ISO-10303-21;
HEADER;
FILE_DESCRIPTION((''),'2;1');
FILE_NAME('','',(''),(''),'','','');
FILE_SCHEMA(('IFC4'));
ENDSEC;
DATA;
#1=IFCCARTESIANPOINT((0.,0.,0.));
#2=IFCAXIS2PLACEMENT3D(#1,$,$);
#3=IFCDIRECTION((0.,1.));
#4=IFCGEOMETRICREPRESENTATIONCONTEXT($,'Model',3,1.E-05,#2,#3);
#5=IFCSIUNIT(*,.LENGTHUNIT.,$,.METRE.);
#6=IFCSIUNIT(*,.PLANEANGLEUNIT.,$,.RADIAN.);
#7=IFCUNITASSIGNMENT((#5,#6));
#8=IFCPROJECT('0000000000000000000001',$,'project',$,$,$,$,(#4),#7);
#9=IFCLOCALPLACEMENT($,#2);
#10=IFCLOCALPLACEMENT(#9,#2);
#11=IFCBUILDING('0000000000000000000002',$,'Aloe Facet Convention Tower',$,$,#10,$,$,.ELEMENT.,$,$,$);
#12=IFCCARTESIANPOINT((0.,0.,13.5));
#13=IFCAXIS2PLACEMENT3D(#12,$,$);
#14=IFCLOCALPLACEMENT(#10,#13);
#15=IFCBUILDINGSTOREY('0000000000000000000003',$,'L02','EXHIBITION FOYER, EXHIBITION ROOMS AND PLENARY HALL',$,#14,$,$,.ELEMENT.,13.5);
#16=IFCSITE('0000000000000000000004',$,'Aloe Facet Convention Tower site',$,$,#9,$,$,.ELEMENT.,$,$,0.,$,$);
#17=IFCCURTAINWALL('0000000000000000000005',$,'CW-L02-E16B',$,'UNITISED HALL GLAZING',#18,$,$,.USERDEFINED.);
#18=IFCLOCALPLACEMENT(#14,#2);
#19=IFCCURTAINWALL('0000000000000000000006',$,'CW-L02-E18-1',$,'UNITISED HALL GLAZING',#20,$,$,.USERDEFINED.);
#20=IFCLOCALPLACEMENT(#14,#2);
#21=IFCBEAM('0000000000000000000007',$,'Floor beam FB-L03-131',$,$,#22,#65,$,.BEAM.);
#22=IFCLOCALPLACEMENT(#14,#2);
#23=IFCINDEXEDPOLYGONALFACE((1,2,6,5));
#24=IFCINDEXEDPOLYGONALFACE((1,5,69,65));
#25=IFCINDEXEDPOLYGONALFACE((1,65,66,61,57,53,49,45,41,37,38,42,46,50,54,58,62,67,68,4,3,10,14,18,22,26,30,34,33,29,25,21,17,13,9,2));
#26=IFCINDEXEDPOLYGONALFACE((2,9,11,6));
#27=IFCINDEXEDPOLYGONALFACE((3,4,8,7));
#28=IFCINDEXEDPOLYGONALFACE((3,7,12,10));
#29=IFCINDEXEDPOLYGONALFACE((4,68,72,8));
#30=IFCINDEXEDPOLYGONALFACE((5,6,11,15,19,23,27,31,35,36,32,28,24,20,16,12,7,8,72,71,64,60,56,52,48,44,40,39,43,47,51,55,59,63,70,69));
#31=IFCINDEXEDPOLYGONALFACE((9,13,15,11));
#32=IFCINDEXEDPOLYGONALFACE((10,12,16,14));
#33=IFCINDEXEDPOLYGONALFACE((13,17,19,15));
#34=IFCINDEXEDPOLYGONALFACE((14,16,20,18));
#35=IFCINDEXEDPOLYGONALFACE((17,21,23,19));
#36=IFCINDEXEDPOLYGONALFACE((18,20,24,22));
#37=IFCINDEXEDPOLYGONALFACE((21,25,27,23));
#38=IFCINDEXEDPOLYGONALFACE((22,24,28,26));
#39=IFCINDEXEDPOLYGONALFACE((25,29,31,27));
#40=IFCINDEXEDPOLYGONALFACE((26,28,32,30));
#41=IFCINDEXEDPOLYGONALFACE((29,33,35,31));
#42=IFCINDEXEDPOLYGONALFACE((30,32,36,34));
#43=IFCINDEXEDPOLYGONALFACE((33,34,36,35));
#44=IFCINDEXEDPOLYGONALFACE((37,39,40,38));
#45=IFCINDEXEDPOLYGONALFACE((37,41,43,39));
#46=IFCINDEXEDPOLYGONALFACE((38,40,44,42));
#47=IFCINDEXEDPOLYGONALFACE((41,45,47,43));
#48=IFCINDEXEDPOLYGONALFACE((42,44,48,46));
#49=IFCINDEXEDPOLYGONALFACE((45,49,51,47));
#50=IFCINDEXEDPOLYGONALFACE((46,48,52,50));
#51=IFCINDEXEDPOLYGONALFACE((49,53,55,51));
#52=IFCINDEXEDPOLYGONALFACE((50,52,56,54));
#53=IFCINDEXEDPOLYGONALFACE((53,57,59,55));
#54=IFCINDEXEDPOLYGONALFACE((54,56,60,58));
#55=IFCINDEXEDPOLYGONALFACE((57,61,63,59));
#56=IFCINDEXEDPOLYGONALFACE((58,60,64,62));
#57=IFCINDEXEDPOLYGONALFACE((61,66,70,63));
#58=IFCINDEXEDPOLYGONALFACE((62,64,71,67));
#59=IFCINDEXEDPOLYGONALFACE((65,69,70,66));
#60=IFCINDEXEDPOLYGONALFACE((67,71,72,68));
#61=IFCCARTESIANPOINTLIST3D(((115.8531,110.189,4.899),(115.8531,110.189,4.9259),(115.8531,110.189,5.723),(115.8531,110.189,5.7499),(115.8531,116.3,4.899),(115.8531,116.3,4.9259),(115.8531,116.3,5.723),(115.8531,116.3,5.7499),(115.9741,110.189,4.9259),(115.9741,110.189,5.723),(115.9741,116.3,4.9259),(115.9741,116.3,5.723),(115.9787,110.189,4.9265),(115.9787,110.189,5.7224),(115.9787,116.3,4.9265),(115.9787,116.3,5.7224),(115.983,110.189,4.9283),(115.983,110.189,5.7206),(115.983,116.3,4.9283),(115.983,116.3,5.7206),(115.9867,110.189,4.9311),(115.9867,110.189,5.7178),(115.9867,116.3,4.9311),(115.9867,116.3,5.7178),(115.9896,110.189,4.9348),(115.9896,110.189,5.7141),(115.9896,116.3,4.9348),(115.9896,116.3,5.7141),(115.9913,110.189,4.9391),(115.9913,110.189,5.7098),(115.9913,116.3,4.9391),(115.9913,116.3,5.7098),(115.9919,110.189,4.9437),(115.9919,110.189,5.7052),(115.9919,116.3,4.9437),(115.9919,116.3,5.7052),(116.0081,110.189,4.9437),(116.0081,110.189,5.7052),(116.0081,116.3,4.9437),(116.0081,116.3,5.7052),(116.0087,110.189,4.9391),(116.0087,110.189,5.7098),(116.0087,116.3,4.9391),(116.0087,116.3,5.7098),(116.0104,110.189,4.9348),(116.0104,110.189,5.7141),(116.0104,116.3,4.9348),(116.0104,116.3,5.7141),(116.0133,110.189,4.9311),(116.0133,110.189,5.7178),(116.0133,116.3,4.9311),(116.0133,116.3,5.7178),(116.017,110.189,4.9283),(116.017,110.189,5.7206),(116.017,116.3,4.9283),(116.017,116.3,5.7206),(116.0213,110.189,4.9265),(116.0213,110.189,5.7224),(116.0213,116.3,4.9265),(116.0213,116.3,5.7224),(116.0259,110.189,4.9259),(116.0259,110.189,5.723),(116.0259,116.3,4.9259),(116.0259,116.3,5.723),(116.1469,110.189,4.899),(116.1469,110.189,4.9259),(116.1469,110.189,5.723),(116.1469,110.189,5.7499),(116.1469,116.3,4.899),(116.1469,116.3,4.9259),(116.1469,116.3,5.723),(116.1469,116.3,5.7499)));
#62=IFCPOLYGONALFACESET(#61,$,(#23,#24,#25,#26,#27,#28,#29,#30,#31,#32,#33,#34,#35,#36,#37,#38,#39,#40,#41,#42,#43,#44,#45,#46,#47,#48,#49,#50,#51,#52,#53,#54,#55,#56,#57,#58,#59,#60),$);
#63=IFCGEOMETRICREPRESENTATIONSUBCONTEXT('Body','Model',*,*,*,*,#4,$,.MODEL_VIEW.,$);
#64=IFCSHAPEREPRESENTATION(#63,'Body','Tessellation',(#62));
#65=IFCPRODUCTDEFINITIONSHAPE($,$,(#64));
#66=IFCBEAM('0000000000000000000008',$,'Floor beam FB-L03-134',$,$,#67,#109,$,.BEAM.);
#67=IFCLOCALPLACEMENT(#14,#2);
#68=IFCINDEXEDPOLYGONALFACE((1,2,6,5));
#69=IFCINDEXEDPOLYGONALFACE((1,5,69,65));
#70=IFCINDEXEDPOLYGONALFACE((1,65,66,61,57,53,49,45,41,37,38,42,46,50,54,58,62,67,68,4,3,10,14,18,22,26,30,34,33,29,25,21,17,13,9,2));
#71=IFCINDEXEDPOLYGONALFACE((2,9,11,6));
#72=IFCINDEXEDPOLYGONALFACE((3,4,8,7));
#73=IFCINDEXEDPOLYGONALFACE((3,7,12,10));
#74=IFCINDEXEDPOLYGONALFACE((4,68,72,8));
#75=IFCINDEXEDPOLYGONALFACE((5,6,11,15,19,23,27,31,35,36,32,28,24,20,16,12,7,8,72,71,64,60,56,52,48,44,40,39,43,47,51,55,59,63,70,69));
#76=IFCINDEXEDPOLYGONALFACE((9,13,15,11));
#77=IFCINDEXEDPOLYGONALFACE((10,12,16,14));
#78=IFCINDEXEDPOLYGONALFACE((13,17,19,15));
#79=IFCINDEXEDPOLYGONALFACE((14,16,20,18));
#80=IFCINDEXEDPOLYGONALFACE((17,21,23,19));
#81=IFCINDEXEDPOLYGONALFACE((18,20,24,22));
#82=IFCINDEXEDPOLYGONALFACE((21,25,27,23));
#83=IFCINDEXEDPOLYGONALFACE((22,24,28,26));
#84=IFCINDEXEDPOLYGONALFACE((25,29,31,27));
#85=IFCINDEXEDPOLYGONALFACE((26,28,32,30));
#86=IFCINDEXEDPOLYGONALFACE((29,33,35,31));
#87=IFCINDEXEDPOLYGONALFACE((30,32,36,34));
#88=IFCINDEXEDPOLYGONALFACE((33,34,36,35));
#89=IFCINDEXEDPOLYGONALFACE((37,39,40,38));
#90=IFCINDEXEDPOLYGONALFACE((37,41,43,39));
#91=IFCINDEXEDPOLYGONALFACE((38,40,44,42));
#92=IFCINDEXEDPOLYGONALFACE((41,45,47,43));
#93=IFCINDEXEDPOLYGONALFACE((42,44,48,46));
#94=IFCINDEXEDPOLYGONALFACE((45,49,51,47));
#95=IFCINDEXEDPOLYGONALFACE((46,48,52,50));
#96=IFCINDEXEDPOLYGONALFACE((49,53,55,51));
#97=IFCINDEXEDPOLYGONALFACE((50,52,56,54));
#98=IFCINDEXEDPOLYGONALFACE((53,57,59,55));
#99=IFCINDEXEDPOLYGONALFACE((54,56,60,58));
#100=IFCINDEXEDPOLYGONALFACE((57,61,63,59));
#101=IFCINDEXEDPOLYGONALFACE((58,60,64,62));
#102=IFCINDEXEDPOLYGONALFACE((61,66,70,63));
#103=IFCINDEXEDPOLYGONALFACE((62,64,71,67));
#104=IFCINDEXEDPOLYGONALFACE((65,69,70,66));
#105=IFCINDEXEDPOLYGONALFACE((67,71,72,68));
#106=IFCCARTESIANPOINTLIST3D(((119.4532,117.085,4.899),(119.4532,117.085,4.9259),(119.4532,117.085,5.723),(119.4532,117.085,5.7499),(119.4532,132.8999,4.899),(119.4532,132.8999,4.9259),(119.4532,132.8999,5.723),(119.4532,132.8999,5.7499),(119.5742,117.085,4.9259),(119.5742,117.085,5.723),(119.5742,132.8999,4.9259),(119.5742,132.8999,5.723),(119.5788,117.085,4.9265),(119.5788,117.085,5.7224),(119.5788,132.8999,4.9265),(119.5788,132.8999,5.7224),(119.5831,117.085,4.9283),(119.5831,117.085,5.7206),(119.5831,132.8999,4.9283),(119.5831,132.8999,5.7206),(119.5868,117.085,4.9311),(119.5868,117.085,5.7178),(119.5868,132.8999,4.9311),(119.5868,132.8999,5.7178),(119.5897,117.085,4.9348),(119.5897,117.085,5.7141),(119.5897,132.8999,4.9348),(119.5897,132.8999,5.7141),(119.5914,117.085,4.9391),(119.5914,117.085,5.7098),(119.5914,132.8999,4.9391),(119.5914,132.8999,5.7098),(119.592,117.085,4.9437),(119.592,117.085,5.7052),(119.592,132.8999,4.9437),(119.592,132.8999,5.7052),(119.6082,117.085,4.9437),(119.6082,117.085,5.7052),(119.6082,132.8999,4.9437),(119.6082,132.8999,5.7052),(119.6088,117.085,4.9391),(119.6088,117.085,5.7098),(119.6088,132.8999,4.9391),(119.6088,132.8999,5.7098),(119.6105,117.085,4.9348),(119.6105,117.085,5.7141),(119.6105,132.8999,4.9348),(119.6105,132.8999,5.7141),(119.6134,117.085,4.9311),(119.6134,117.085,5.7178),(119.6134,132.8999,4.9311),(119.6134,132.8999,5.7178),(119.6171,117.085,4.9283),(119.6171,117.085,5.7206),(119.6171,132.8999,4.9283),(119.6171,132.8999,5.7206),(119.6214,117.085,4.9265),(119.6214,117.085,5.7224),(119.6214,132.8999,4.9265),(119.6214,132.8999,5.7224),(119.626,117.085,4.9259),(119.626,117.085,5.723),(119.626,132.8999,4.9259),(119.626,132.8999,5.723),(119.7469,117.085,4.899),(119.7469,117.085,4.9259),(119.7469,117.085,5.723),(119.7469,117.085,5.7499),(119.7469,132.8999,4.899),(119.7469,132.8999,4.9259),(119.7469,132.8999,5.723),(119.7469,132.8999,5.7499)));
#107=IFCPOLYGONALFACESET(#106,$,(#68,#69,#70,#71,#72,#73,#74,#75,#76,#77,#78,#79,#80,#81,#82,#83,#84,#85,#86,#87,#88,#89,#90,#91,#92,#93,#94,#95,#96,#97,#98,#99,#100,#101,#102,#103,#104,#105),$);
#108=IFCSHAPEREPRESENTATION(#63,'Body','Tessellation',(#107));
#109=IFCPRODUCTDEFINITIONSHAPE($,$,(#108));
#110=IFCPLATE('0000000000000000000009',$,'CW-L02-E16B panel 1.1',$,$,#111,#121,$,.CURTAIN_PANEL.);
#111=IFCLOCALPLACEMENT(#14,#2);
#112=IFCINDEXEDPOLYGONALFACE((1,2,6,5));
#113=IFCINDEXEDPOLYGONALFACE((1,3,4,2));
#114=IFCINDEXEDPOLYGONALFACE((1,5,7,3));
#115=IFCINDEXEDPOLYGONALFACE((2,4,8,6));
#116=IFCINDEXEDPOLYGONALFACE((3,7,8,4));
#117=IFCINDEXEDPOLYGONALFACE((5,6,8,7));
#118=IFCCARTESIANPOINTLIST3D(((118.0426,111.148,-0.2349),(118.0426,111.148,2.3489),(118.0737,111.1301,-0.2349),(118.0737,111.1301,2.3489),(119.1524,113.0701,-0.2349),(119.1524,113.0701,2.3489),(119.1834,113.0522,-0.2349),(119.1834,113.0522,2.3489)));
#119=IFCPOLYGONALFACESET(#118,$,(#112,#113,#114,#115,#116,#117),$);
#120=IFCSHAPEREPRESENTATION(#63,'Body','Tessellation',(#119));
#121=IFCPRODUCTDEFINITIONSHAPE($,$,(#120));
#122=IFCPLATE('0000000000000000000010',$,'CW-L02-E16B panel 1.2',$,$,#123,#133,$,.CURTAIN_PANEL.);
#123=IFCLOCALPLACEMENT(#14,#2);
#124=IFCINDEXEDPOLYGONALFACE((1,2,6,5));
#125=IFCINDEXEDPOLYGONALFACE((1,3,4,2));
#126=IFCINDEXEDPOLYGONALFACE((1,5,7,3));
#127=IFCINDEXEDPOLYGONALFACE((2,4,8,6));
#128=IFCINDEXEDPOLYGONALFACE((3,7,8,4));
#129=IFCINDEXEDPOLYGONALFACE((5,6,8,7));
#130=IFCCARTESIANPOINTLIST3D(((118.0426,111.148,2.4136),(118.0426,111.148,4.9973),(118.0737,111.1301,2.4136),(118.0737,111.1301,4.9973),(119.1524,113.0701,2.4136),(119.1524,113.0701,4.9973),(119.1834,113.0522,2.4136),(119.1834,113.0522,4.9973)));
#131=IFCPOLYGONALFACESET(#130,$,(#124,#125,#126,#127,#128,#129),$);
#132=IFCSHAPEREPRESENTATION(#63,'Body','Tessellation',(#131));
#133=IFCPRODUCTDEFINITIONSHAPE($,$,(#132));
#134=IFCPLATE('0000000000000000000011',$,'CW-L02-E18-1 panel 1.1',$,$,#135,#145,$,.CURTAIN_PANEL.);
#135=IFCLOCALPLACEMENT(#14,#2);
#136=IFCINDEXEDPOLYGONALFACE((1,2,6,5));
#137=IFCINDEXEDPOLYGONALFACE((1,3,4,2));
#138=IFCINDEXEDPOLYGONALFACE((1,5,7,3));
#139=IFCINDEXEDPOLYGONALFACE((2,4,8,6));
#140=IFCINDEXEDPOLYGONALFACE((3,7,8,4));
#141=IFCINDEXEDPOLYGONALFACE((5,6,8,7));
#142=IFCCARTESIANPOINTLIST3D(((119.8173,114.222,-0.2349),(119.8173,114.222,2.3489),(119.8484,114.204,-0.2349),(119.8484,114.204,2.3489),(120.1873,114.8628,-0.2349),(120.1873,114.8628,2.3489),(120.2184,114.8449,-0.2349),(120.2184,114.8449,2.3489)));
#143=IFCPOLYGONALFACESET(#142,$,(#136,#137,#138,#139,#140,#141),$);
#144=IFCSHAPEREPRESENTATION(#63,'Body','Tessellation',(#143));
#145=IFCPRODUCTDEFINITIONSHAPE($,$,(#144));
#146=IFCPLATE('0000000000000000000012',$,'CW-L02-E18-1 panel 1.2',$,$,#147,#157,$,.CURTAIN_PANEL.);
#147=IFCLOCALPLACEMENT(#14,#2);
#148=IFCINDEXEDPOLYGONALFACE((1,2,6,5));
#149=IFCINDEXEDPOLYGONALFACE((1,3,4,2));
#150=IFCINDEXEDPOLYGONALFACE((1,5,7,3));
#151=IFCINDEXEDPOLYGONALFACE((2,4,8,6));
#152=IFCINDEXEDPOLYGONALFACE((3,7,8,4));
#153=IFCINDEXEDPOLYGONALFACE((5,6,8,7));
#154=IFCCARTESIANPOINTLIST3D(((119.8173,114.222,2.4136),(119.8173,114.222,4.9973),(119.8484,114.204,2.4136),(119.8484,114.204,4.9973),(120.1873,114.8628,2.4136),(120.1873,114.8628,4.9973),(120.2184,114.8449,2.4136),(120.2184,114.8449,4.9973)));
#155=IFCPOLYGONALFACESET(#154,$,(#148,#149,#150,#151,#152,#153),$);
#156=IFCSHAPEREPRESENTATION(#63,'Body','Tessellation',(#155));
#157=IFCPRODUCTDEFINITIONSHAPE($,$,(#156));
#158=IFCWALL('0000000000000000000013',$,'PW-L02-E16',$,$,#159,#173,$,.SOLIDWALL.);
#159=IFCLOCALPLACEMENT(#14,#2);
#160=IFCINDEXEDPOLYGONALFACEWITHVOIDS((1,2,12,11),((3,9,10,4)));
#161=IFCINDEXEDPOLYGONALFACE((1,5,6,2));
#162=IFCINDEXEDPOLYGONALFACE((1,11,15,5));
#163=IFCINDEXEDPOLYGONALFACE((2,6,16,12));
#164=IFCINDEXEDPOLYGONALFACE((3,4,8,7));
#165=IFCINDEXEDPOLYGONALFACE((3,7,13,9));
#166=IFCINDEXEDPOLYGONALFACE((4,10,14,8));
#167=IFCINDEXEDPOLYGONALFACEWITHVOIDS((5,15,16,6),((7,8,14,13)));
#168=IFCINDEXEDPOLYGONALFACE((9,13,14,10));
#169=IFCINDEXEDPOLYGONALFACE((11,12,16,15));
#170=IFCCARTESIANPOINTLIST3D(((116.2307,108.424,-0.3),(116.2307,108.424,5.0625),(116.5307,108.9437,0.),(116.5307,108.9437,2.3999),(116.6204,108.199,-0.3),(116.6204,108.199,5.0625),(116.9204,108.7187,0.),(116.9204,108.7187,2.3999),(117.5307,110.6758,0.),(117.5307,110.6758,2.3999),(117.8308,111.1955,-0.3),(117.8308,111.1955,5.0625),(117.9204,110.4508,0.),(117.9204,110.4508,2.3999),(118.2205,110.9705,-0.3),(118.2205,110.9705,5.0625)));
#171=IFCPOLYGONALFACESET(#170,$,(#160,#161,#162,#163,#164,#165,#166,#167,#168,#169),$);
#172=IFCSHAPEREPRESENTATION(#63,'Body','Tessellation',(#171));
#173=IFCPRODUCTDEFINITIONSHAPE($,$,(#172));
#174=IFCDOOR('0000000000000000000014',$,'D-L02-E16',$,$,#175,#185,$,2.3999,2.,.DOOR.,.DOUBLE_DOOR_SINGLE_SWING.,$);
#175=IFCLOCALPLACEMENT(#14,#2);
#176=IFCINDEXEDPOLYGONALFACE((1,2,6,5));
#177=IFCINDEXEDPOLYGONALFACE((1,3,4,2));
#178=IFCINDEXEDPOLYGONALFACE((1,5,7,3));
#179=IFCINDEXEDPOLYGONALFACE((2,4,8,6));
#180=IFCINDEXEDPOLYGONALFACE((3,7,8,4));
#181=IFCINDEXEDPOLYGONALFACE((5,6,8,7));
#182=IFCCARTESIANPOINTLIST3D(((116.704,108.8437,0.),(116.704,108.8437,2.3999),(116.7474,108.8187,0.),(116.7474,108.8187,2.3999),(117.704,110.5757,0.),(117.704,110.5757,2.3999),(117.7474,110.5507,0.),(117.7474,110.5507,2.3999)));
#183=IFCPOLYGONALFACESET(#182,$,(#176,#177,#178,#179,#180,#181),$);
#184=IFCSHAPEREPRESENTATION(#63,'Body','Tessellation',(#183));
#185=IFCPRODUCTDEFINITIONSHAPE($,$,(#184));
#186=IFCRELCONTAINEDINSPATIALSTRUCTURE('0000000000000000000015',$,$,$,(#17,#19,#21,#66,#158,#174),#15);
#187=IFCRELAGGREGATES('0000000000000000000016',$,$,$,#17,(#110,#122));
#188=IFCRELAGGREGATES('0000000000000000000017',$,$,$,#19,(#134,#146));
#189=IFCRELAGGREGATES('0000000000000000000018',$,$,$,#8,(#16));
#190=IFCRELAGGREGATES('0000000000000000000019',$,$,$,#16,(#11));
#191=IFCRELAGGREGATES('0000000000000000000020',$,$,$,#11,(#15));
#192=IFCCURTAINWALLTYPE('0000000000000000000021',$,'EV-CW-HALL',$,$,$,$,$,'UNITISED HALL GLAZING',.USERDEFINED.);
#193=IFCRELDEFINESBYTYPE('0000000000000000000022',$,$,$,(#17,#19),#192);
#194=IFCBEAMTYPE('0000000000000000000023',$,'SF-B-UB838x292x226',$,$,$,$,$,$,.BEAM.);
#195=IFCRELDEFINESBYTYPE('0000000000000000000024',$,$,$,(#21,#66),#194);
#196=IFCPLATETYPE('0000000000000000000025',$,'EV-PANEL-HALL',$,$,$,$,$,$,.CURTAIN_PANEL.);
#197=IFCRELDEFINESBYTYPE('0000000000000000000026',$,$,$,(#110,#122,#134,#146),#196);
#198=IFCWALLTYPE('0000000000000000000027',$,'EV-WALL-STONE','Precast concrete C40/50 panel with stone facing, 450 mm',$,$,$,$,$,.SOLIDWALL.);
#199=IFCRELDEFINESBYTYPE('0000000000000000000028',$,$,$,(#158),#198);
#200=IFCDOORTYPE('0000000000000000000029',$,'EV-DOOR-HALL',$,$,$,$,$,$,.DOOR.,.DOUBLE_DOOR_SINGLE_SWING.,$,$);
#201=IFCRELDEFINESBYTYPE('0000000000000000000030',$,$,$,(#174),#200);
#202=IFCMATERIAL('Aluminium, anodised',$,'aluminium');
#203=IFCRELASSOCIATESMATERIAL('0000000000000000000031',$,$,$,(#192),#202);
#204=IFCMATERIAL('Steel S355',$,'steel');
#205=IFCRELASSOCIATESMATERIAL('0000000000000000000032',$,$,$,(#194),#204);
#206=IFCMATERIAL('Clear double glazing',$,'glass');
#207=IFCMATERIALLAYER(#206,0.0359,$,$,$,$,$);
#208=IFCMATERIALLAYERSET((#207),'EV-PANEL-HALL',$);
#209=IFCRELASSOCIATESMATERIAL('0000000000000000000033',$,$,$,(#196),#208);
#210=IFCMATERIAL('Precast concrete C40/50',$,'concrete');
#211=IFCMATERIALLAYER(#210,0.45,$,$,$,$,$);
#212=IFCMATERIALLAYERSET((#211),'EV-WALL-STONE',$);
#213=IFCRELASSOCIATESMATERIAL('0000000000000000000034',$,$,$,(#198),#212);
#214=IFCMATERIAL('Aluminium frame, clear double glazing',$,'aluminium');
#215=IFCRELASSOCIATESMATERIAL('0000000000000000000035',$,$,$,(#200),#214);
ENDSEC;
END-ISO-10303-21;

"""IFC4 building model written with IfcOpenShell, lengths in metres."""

from ifc_helpers import new_model, si_unit, direction, frame, frame_2d, origin, origin_2d, place, context, subcontext, project, spatial, rectangle, i_section, extrude, material, layer, layer_set, material_profile, profile_set, type_object, element, fill, aggregate, save


model = new_model("IFC4")

# Units and contexts
model_context = context("Model", 3, precision=1e-05, world=origin(), true_north=direction((0.0, 1.0)))
body_context = subcontext(model_context, "Body", "Model", "MODEL_VIEW")
ifc_project = project(units=[si_unit("LENGTHUNIT", "METRE"), si_unit("PLANEANGLEUNIT", "RADIAN")], contexts=[model_context])

# Site, building, storey
site_placement = place(None, origin())
site = spatial("IfcSite", under=ifc_project, at=site_placement, Name="Aloe Facet Convention Tower site", CompositionType="ELEMENT", RefElevation=0.0)
building_placement = place(site_placement, origin())
building = spatial("IfcBuilding", under=site, at=building_placement, Name="Aloe Facet Convention Tower", CompositionType="ELEMENT")
storey_placement = place(building_placement, frame((0.0, 0.0, 13.5)))
storey = spatial("IfcBuildingStorey", under=building, at=storey_placement, Name="L02", Description="EXHIBITION FOYER, EXHIBITION ROOMS AND PLENARY HALL", CompositionType="ELEMENT", Elevation=13.5)

# Shared definitions
ifc_material_1 = material(Name="Aluminium, anodised", Category="aluminium")
curtain_wall_type = type_object("IfcCurtainWallType", Name="EV-CW-HALL", ElementType="UNITISED HALL GLAZING", PredefinedType="USERDEFINED", material=ifc_material_1)

# Curtain walls
curtain_wall_1_placement = place(storey_placement, origin())
curtain_wall_1 = element("IfcCurtainWall", 1, at=curtain_wall_1_placement, inside=storey, type_object=curtain_wall_type, Name="CW-L02-E16B", ObjectType="UNITISED HALL GLAZING", PredefinedType="USERDEFINED")
curtain_wall_2_placement = place(storey_placement, origin())
curtain_wall_2 = element("IfcCurtainWall", 2, at=curtain_wall_2_placement, inside=storey, type_object=curtain_wall_type, Name="CW-L02-E18-1", ObjectType="UNITISED HALL GLAZING", PredefinedType="USERDEFINED")

# Beams
ifc_material_2 = material(Name="Steel S355", Category="steel")
ifc_material_profile_1 = material_profile(ifc_material_2, i_section(OverallWidth=0.2937, OverallDepth=0.8508, WebThickness=0.0161, FlangeThickness=0.0269, FilletRadius=0.0178, at=origin_2d()), Name="UB 838x292x226")
ifc_profile_set_1 = profile_set([ifc_material_profile_1], Name="Steel S355")
beam_type_1 = type_object("IfcBeamType", Name="SF-B-UB838x292x226", PredefinedType="BEAM", material=ifc_profile_set_1)
beam_1_placement = place(storey_placement, frame((116.0, 110.189, 5.3245), z_axis=(0.0, 1.0, 0.0), x_axis=(-1.0, 0.0, 0.0)))
element("IfcBeam", 3, at=beam_1_placement, inside=storey, type_object=beam_type_1, Name="Floor beam FB-L03-131", PredefinedType="BEAM", context=body_context, shape_type="SweptSolid", body=[
    extrude(i_section(OverallWidth=0.2937, OverallDepth=0.8508, WebThickness=0.0161, FlangeThickness=0.0269, FilletRadius=0.0178, at=origin_2d()), origin(), (0.0, 0.0, 1.0), 6.1111),
])
beam_2_placement = place(storey_placement, frame((119.6001, 117.085, 5.3245), z_axis=(0.0, 1.0, 0.0), x_axis=(-1.0, 0.0, 0.0)))
element("IfcBeam", 4, at=beam_2_placement, inside=storey, type_object=beam_type_1, Name="Floor beam FB-L03-134", PredefinedType="BEAM", context=body_context, shape_type="SweptSolid", body=[
    extrude(i_section(OverallWidth=0.2937, OverallDepth=0.8508, WebThickness=0.0161, FlangeThickness=0.0269, FilletRadius=0.0178, at=origin_2d()), origin(), (0.0, 0.0, 1.0), 15.8149),
])

# Plates
ifc_material_3 = material(Name="Clear double glazing", Category="glass")
ifc_layer_1 = layer(ifc_material_3, 0.0359)
ifc_layer_set_1 = layer_set([ifc_layer_1], Name="EV-PANEL-HALL")
plate_type = type_object("IfcPlateType", Name="EV-PANEL-HALL", PredefinedType="CURTAIN_PANEL", material=ifc_layer_set_1)
plate_1_placement = place(storey_placement, frame((118.613, 112.1001, -0.2349), z_axis=(0.0, 0.0, 1.0), x_axis=(0.5, 0.866025, 0.0)))
plate_1 = element("IfcPlate", 5, at=plate_1_placement, type_object=plate_type, Name="CW-L02-E16B panel 1.1", PredefinedType="CURTAIN_PANEL", context=body_context, shape_type="SweptSolid", body=[
    extrude(rectangle(XDim=2.2195, YDim=0.0359, at=origin_2d()), origin(), (0.0, 0.0, 1.0), 2.5837),
])
plate_2_placement = place(storey_placement, frame((118.613, 112.1001, 2.4136), z_axis=(0.0, 0.0, 1.0), x_axis=(0.5, 0.866025, 0.0)))
plate_2 = element("IfcPlate", 6, at=plate_2_placement, type_object=plate_type, Name="CW-L02-E16B panel 1.2", PredefinedType="CURTAIN_PANEL", context=body_context, shape_type="SweptSolid", body=[
    extrude(rectangle(XDim=2.2195, YDim=0.0359, at=origin_2d()), origin(), (0.0, 0.0, 1.0), 2.5837),
])
aggregate(curtain_wall_1, [plate_1, plate_2])
plate_3_placement = place(storey_placement, frame((120.0178, 114.5334, -0.2349), z_axis=(0.0, 0.0, 1.0), x_axis=(0.5, 0.866025, 0.0)))
plate_3 = element("IfcPlate", 7, at=plate_3_placement, type_object=plate_type, Name="CW-L02-E18-1 panel 1.1", PredefinedType="CURTAIN_PANEL", context=body_context, shape_type="SweptSolid", body=[
    extrude(rectangle(XDim=0.74, YDim=0.0359, at=origin_2d()), origin(), (0.0, 0.0, 1.0), 2.5837),
])
plate_4_placement = place(storey_placement, frame((120.0178, 114.5334, 2.4136), z_axis=(0.0, 0.0, 1.0), x_axis=(0.5, 0.866025, 0.0)))
plate_4 = element("IfcPlate", 8, at=plate_4_placement, type_object=plate_type, Name="CW-L02-E18-1 panel 1.2", PredefinedType="CURTAIN_PANEL", context=body_context, shape_type="SweptSolid", body=[
    extrude(rectangle(XDim=0.74, YDim=0.0359, at=origin_2d()), origin(), (0.0, 0.0, 1.0), 2.5837),
])
aggregate(curtain_wall_2, [plate_3, plate_4])

# Wall, opening, door
ifc_material_4 = material(Name="Precast concrete C40/50", Category="concrete")
ifc_layer_2 = layer(ifc_material_4, 0.45)
ifc_layer_set_2 = layer_set([ifc_layer_2], Name="EV-WALL-STONE")
wall_type = type_object("IfcWallType", Name="EV-WALL-STONE", Description="Precast concrete C40/50 panel with stone facing, 450 mm", PredefinedType="SOLIDWALL", material=ifc_layer_set_2)
wall_1_placement = place(storey_placement, frame((116.4255, 108.3115, -0.3), z_axis=(0.0, 0.0, 1.0), x_axis=(0.499995, 0.866028, 0.0)))
wall_1 = element("IfcWall", 9, at=wall_1_placement, inside=storey, type_object=wall_type, Name="PW-L02-E16", PredefinedType="SOLIDWALL", context=body_context, shape_type="SweptSolid", body=[
    extrude(rectangle(XDim=3.2002, YDim=0.45, at=frame_2d((1.6001, 0.0))), origin(), (0.0, 0.0, 1.0), 5.3625),
])
opening_placement = place(wall_1_placement, frame((0.6001, 0.0, 0.3)))
opening = element("IfcOpeningElement", 10, at=opening_placement, cuts=wall_1, PredefinedType="OPENING", context=body_context, shape_type="SweptSolid", body=[
    extrude(rectangle(XDim=2.0, YDim=2.3999, at=frame_2d((1.0, 1.2))), frame((0.0, 0.2349, 0.0), z_axis=(0.0, -1.0, 0.0), x_axis=(1.0, 0.0, 0.0)), (0.0, 0.0, 1.0), 0.47),
])
ifc_material_5 = material(Name="Aluminium frame, clear double glazing", Category="aluminium")
door_type = type_object("IfcDoorType", Name="EV-DOOR-HALL", OperationType="DOUBLE_DOOR_SINGLE_SWING", PredefinedType="DOOR", material=ifc_material_5)
door_placement = place(opening_placement, origin())
door = element("IfcDoor", 11, at=door_placement, inside=storey, type_object=door_type, Name="D-L02-E16", OperationType="DOUBLE_DOOR_SINGLE_SWING", OverallHeight=2.3999, OverallWidth=2.0, PredefinedType="DOOR", context=body_context, shape_type="SweptSolid", body=[
    extrude(rectangle(XDim=2.0, YDim=2.3999, at=frame_2d((1.0, 1.2))), frame((0.0, 0.0249, 0.0), z_axis=(0.0, -1.0, 0.0), x_axis=(1.0, 0.0, 0.0)), (0.0, 0.0, 1.0), 0.05),
])
fill(opening, door)

save(model, "model.ifc")
